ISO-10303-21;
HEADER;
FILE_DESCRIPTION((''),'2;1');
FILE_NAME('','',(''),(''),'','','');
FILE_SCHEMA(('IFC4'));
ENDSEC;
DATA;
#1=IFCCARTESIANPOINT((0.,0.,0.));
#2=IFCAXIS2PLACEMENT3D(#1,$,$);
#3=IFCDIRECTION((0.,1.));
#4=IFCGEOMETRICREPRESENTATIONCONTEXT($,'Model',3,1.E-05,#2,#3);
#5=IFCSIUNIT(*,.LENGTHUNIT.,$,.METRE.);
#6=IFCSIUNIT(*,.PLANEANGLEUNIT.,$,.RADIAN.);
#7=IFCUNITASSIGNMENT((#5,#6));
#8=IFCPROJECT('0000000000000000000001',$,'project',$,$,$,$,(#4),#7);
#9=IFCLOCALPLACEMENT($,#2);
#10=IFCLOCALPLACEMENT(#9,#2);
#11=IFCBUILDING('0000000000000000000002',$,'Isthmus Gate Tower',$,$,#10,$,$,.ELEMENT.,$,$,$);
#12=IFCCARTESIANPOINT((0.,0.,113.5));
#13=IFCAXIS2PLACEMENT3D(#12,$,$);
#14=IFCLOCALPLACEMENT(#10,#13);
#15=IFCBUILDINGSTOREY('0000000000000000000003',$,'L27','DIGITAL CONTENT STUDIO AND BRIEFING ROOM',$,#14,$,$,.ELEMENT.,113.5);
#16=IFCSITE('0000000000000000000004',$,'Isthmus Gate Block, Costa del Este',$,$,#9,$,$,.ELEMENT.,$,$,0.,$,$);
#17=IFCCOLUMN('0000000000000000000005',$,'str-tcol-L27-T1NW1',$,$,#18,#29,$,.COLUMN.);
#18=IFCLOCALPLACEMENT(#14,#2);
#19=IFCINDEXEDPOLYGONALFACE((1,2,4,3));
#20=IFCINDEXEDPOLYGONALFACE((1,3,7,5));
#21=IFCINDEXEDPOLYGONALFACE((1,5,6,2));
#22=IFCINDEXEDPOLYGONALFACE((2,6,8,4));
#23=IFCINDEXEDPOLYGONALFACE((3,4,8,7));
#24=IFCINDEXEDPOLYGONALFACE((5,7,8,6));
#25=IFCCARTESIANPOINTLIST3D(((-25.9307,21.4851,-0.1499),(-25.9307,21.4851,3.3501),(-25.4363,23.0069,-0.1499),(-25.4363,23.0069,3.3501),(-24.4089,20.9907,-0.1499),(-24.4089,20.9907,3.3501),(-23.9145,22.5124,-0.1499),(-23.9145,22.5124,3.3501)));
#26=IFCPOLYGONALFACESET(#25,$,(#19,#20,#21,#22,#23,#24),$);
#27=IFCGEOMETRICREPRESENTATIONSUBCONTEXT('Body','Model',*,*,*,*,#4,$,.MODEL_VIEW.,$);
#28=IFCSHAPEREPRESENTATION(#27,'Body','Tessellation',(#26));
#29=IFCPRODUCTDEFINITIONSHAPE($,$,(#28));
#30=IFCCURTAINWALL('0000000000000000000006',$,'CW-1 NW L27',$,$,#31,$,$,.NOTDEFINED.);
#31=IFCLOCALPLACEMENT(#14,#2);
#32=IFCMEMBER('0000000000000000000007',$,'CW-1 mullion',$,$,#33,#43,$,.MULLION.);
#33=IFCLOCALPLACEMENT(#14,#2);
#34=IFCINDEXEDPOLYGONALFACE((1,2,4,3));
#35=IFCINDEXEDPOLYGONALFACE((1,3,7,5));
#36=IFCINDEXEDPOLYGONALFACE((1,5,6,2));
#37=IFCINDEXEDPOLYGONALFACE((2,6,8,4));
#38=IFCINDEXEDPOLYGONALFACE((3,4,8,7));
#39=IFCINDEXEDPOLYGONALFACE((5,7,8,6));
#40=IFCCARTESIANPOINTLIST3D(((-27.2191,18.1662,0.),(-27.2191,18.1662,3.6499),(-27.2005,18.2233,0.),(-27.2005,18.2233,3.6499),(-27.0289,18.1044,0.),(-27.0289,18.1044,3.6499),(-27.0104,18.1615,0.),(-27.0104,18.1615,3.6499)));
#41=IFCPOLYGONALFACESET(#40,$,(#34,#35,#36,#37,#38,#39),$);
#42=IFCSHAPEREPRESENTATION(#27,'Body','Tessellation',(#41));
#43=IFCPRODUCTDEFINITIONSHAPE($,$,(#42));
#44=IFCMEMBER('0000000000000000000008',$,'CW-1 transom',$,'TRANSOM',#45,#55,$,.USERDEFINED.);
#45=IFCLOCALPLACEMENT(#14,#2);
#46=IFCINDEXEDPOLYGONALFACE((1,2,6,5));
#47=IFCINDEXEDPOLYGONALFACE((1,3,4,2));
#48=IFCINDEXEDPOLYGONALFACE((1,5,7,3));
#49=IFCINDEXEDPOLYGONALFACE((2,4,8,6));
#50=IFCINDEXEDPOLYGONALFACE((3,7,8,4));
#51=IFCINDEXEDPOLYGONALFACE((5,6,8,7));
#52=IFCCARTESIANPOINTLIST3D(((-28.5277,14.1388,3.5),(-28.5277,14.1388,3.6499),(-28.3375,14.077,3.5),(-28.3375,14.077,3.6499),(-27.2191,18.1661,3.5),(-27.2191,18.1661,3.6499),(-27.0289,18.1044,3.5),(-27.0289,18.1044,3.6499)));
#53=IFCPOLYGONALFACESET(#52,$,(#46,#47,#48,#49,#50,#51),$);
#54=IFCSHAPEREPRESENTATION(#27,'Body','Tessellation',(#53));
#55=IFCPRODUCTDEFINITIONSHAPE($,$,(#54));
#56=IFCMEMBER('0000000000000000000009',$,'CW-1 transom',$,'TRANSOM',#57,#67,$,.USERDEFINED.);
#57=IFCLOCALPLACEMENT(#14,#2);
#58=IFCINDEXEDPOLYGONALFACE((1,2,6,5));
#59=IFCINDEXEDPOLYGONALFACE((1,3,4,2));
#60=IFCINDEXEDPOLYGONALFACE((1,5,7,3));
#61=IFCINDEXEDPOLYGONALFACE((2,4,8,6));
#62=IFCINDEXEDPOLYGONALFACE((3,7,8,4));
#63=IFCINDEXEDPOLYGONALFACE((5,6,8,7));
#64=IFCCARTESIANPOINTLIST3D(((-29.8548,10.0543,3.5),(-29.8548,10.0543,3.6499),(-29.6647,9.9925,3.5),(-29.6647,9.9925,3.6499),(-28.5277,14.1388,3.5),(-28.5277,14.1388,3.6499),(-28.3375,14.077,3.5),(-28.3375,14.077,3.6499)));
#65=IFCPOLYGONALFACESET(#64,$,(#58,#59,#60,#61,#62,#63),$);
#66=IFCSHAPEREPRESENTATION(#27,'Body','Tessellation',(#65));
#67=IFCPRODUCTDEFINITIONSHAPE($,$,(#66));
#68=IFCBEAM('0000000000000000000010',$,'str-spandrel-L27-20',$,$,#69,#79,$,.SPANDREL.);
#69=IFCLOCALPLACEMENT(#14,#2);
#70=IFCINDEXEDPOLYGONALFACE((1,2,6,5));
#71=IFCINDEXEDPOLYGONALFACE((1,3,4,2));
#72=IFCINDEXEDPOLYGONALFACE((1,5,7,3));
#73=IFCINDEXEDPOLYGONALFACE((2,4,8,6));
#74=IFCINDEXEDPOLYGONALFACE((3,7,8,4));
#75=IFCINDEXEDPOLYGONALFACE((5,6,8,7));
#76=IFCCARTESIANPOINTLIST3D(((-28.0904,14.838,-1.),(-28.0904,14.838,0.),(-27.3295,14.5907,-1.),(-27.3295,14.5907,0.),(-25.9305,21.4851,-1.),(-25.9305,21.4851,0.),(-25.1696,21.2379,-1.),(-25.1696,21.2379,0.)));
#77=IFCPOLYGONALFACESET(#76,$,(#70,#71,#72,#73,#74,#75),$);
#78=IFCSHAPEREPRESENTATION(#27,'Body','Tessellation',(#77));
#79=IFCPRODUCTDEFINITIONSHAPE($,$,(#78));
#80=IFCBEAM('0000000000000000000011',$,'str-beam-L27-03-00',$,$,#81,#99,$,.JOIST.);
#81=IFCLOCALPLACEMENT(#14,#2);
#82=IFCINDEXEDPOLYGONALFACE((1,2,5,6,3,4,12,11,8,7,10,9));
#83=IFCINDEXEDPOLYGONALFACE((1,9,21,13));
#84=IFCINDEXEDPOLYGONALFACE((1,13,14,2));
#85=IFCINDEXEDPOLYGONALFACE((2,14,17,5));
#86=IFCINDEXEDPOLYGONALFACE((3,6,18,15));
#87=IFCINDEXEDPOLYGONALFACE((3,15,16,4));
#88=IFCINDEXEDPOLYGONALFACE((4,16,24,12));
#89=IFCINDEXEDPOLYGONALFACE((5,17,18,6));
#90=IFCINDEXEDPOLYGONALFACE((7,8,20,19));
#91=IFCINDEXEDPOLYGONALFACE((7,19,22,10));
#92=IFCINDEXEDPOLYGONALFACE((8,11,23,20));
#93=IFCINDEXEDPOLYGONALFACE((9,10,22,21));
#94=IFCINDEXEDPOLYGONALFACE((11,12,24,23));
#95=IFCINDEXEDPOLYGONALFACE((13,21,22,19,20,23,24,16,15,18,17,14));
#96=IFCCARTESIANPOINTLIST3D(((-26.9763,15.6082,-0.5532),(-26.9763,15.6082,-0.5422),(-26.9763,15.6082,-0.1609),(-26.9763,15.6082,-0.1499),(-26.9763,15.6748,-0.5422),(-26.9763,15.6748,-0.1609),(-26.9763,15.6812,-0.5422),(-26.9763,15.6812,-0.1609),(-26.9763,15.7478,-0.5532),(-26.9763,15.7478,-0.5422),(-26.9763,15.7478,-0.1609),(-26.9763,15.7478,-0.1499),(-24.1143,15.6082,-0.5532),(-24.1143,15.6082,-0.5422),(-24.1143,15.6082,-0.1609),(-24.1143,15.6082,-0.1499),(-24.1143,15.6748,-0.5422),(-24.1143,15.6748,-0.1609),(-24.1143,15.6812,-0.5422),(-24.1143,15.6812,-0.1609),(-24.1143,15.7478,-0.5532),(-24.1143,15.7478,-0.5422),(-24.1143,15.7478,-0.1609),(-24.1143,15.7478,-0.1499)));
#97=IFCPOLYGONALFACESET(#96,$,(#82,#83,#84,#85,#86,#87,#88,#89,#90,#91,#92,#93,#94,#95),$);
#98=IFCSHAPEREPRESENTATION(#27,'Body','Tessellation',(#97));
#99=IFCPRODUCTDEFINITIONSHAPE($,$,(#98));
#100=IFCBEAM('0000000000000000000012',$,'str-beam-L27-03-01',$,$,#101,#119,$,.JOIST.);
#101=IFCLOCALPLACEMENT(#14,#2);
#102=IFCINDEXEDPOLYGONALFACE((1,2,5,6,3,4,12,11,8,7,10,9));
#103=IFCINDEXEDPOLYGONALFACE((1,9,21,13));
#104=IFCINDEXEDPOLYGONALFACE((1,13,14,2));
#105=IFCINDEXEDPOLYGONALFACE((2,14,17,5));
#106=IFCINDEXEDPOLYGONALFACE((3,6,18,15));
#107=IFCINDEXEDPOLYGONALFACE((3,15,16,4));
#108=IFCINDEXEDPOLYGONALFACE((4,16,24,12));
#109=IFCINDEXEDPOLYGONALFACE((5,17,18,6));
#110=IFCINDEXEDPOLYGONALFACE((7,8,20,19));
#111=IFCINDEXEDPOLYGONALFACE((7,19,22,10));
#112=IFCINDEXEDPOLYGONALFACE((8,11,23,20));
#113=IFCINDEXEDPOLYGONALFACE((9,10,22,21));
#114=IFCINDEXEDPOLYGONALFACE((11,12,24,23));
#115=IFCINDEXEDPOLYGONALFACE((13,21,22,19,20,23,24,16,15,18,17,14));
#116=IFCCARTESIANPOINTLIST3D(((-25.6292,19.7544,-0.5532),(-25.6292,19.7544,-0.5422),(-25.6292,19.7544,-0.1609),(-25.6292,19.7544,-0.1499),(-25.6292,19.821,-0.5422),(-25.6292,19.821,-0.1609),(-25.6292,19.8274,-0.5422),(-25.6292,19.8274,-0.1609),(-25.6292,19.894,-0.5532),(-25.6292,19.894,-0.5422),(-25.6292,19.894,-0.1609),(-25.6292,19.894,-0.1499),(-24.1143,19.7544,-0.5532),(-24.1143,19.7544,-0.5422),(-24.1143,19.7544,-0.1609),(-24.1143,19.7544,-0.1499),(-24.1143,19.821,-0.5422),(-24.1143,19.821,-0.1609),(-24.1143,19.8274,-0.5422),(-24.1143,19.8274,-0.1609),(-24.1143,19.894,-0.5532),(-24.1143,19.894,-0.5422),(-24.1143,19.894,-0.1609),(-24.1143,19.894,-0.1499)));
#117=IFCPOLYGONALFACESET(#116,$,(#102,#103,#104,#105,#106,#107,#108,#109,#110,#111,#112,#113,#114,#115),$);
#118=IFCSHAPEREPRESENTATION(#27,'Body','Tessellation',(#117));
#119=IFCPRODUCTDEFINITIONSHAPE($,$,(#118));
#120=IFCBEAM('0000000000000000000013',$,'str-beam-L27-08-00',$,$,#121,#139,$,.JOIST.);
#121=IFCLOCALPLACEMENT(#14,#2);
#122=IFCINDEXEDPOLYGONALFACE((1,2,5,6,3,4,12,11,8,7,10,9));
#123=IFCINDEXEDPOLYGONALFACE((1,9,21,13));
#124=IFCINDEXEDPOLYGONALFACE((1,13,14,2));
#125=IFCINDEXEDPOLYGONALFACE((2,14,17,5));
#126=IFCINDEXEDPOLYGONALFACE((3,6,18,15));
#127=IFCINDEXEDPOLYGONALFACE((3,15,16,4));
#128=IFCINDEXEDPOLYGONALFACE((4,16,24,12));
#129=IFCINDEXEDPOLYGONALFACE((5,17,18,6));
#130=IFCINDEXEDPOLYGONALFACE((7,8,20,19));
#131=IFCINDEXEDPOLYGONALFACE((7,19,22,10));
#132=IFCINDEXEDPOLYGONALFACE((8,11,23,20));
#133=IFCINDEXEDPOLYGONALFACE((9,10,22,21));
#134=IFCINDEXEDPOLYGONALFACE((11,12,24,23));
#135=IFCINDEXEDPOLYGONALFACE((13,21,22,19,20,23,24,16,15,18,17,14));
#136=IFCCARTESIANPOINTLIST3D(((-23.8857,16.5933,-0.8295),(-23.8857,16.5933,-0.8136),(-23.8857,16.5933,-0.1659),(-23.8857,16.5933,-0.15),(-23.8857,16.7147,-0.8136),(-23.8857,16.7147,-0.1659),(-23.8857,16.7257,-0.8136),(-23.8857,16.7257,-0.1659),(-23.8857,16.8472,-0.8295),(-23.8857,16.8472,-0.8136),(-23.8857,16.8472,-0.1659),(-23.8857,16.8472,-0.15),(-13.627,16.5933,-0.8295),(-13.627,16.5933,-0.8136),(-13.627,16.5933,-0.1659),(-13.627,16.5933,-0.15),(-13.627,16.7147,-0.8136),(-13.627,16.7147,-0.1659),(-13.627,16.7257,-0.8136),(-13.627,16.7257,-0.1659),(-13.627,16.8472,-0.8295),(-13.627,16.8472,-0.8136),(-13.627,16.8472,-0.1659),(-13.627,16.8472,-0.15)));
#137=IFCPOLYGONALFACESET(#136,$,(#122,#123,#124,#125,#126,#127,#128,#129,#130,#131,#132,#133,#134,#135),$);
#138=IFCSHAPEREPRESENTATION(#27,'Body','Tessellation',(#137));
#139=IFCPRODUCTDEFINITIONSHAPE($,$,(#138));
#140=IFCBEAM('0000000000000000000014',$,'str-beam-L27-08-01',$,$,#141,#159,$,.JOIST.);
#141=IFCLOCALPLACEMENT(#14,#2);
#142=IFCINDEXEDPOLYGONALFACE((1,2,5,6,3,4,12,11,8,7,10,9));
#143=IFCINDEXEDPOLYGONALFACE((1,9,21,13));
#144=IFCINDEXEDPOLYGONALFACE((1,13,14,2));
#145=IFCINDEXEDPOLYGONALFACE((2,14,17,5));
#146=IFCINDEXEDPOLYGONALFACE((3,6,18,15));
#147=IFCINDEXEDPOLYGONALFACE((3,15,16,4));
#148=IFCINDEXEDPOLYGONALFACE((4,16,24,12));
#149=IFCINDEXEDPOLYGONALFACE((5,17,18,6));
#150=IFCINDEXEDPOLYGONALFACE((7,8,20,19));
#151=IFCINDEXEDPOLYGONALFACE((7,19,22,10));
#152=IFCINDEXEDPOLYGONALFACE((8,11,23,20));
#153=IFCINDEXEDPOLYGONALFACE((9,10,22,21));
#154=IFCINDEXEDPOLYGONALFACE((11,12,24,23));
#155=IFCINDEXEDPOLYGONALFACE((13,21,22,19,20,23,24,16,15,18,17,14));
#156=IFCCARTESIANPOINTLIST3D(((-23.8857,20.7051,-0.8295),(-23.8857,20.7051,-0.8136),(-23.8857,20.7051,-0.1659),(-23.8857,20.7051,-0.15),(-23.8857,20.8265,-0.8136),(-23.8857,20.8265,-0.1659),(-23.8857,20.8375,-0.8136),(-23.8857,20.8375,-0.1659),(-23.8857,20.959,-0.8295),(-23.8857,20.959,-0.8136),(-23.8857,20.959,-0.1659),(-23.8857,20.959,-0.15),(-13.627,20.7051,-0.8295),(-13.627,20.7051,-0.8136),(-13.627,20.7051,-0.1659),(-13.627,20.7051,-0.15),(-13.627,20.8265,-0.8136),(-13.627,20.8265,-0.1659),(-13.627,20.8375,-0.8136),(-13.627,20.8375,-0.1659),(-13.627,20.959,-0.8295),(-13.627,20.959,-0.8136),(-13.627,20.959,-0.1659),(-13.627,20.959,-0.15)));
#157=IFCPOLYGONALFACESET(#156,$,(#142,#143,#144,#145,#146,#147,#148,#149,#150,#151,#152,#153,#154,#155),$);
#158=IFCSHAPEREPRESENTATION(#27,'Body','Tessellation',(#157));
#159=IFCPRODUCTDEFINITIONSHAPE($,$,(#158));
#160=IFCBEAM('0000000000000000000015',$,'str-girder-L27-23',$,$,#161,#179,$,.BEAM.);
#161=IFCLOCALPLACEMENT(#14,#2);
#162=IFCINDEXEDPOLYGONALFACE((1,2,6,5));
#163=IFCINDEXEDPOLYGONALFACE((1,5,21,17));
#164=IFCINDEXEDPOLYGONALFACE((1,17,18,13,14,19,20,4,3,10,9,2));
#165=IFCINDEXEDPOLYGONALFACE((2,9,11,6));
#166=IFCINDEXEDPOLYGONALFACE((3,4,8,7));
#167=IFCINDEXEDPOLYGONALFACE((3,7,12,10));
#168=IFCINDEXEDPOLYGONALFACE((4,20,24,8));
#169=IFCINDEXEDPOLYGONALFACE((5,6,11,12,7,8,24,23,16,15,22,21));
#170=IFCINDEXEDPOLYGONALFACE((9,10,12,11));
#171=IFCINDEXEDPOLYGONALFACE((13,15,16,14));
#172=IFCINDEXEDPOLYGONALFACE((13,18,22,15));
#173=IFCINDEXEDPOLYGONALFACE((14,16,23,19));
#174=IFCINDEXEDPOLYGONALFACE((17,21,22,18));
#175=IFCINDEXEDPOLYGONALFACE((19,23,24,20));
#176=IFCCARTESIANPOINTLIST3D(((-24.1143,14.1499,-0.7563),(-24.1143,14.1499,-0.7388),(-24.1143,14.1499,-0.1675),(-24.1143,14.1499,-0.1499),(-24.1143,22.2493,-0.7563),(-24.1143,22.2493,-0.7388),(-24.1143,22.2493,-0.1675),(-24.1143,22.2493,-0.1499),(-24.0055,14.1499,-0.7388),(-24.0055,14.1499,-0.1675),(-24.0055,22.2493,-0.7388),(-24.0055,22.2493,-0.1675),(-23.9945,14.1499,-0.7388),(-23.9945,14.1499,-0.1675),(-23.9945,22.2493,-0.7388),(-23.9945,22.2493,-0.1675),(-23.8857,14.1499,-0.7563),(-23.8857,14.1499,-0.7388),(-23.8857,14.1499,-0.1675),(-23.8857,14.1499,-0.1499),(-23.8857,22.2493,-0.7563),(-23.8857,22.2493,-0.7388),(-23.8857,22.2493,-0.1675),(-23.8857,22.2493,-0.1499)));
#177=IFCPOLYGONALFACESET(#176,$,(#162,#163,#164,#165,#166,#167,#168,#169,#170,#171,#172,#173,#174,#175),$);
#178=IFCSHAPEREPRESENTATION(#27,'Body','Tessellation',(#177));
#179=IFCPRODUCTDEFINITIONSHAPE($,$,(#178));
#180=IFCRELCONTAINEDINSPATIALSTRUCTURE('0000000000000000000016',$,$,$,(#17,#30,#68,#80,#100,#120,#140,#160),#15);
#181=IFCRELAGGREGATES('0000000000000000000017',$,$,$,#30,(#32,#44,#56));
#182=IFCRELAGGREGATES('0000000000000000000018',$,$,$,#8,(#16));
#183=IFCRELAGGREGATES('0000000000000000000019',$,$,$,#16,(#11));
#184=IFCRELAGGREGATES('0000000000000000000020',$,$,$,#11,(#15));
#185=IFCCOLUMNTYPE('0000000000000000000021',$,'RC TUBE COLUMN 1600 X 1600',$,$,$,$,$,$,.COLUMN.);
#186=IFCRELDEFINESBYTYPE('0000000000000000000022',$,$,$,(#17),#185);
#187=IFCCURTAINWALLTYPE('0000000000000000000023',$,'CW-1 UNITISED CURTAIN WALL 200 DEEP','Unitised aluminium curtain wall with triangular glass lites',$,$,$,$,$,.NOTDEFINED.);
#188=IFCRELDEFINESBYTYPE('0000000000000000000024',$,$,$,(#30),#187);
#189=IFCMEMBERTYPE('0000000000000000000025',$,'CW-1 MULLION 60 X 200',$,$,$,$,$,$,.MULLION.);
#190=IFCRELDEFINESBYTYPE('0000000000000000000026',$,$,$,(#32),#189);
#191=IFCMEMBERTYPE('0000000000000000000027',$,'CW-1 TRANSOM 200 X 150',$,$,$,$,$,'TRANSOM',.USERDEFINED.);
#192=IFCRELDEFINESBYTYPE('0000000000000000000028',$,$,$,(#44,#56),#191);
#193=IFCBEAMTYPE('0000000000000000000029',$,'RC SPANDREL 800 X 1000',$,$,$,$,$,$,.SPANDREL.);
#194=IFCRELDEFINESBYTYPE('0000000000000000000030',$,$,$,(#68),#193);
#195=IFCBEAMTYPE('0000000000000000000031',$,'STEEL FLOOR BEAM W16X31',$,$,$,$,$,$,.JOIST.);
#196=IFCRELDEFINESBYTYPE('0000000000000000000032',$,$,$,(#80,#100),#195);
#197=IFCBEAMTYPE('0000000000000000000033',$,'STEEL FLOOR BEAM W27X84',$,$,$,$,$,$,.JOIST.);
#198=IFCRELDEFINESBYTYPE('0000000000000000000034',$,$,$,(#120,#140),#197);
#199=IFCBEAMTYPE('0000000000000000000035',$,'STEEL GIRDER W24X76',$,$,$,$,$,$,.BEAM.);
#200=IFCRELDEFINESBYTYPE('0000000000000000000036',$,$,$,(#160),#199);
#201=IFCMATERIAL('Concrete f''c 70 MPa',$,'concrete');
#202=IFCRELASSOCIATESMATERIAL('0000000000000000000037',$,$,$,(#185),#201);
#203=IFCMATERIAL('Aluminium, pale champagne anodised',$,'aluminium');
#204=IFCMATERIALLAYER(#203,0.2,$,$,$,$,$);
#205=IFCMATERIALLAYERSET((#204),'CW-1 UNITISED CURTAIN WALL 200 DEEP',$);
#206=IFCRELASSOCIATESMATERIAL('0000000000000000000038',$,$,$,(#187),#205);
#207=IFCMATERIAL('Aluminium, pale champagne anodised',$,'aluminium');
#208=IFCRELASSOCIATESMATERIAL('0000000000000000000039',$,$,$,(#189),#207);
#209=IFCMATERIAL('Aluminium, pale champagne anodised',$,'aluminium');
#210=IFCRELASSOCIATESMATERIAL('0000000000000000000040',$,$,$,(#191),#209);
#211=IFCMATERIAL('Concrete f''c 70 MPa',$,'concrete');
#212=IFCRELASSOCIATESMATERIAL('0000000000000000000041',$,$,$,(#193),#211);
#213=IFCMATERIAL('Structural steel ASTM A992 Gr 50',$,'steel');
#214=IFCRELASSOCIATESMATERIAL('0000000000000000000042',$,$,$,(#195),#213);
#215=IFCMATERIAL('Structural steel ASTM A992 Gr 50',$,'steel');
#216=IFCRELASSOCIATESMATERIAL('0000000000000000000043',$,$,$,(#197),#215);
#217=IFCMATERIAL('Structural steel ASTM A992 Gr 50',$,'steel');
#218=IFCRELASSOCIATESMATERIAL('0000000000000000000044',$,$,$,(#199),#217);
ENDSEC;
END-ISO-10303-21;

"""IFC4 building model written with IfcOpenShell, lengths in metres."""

from ifc_helpers import new_model, si_unit, direction, frame, origin, origin_2d, place, context, subcontext, project, spatial, rectangle, i_section, extrude, material, layer, layer_set, material_profile, profile_set, type_object, element, aggregate, save


model = new_model("IFC4")

# Units and contexts
model_context = context("Model", 3, precision=1e-05, world=origin(), true_north=direction((0.0, 1.0)))
body_context = subcontext(model_context, "Body", "Model", "MODEL_VIEW")
ifc_project = project(units=[si_unit("LENGTHUNIT", "METRE"), si_unit("PLANEANGLEUNIT", "RADIAN")], contexts=[model_context])

# Site, building, storey
site_placement = place(None, origin())
site = spatial("IfcSite", under=ifc_project, at=site_placement, Name="Isthmus Gate Block, Costa del Este", CompositionType="ELEMENT", RefElevation=0.0)
building_placement = place(site_placement, origin())
building = spatial("IfcBuilding", under=site, at=building_placement, Name="Isthmus Gate Tower", CompositionType="ELEMENT")
storey_placement = place(building_placement, frame((0.0, 0.0, 113.5)))
storey = spatial("IfcBuildingStorey", under=building, at=storey_placement, Name="L27", Description="DIGITAL CONTENT STUDIO AND BRIEFING ROOM", CompositionType="ELEMENT", Elevation=113.5)

# Column
ifc_material_1 = material(Name="Concrete f'c 70 MPa", Category="concrete")
ifc_material_profile_1 = material_profile(ifc_material_1, rectangle(XDim=1.6001, YDim=1.6001, at=origin_2d()), Name="RC 1600X1600")
ifc_profile_set_1 = profile_set([ifc_material_profile_1], Name="Concrete f'c 70 MPa")
column_type = type_object("IfcColumnType", Name="RC TUBE COLUMN 1600 X 1600", PredefinedType="COLUMN", material=ifc_profile_set_1)
column_placement = place(storey_placement, frame((-24.9226, 21.9988, -0.1499), z_axis=(0.0, 0.0, 1.0), x_axis=(-0.309017, -0.951057, 0.0)))
element("IfcColumn", 1, at=column_placement, inside=storey, type_object=column_type, Name="str-tcol-L27-T1NW1", PredefinedType="COLUMN", context=body_context, shape_type="SweptSolid", body=[
    extrude(rectangle(XDim=1.6001, YDim=1.6001, at=origin_2d()), origin(), (0.0, 0.0, 1.0), 3.5),
])

# Curtain wall, members
ifc_material_2 = material(Name="Aluminium, pale champagne anodised", Category="aluminium")
ifc_layer_1 = layer(ifc_material_2, 0.2)
ifc_layer_set_1 = layer_set([ifc_layer_1], Name="CW-1 UNITISED CURTAIN WALL 200 DEEP")
curtain_wall_type = type_object("IfcCurtainWallType", Name="CW-1 UNITISED CURTAIN WALL 200 DEEP", Description="Unitised aluminium curtain wall with triangular glass lites", PredefinedType="NOTDEFINED", material=ifc_layer_set_1)
curtain_wall_placement = place(storey_placement, origin())
curtain_wall = element("IfcCurtainWall", 2, at=curtain_wall_placement, inside=storey, type_object=curtain_wall_type, Name="CW-1 NW L27", PredefinedType="NOTDEFINED")
ifc_material_3 = material(Name="Aluminium, pale champagne anodised", Category="aluminium")
ifc_material_profile_2 = material_profile(ifc_material_3, rectangle(XDim=0.0601, YDim=0.2, at=origin_2d()), Name="60x200")
ifc_profile_set_2 = profile_set([ifc_material_profile_2], Name="Aluminium, pale champagne anodised")
member_type_1 = type_object("IfcMemberType", Name="CW-1 MULLION 60 X 200", PredefinedType="MULLION", material=ifc_profile_set_2)
member_1_placement = place(storey_placement, frame((-27.1147, 18.1638, 0.0), z_axis=(0.0, 0.0, 1.0), x_axis=(-0.309017, -0.951057, 0.0)))
member_1 = element("IfcMember", 3, at=member_1_placement, type_object=member_type_1, Name="CW-1 mullion", PredefinedType="MULLION", context=body_context, shape_type="SweptSolid", body=[
    extrude(rectangle(XDim=0.0601, YDim=0.2, at=origin_2d()), origin(), (0.0, 0.0, 1.0), 3.6499),
])
ifc_material_4 = material(Name="Aluminium, pale champagne anodised", Category="aluminium")
ifc_material_profile_3 = material_profile(ifc_material_4, rectangle(XDim=0.2, YDim=0.1499, at=origin_2d()), Name="200x150")
ifc_profile_set_3 = profile_set([ifc_material_profile_3], Name="Aluminium, pale champagne anodised")
member_type_2 = type_object("IfcMemberType", Name="CW-1 TRANSOM 200 X 150", ElementType="TRANSOM", PredefinedType="USERDEFINED", material=ifc_profile_set_3)
member_2_placement = place(storey_placement, frame((-27.124, 18.1353, 3.575), z_axis=(-0.309023, -0.951054, 0.0), x_axis=(0.951054, -0.309023, 0.0)))
member_2 = element("IfcMember", 4, at=member_2_placement, type_object=member_type_2, Name="CW-1 transom", ObjectType="TRANSOM", PredefinedType="USERDEFINED", context=body_context, shape_type="SweptSolid", body=[
    extrude(rectangle(XDim=0.2, YDim=0.1499, at=origin_2d()), origin(), (0.0, 0.0, 1.0), 4.2346),
])
member_3_placement = place(storey_placement, frame((-28.4326, 14.1079, 3.575), z_axis=(-0.309022, -0.951055, 0.0), x_axis=(0.951055, -0.309022, 0.0)))
member_3 = element("IfcMember", 5, at=member_3_placement, type_object=member_type_2, Name="CW-1 transom", ObjectType="TRANSOM", PredefinedType="USERDEFINED", context=body_context, shape_type="SweptSolid", body=[
    extrude(rectangle(XDim=0.2, YDim=0.1499, at=origin_2d()), origin(), (0.0, 0.0, 1.0), 4.2947),
])

# Beams
ifc_material_5 = material(Name="Concrete f'c 70 MPa", Category="concrete")
ifc_material_profile_4 = material_profile(ifc_material_5, rectangle(XDim=0.8, YDim=1.0, at=origin_2d()), Name="RC 800X1000")
ifc_profile_set_4 = profile_set([ifc_material_profile_4], Name="Concrete f'c 70 MPa")
beam_type_1 = type_object("IfcBeamType", Name="RC SPANDREL 800 X 1000", PredefinedType="SPANDREL", material=ifc_profile_set_4)
beam_1_placement = place(storey_placement, frame((-27.71, 14.7144, -0.5), z_axis=(0.30903, 0.951052, 0.0), x_axis=(-0.951052, 0.30903, 0.0)))
element("IfcBeam", 6, at=beam_1_placement, inside=storey, type_object=beam_type_1, Name="str-spandrel-L27-20", PredefinedType="SPANDREL", context=body_context, shape_type="SweptSolid", body=[
    extrude(rectangle(XDim=0.8, YDim=1.0, at=origin_2d()), origin(), (0.0, 0.0, 1.0), 6.9893),
])
ifc_material_6 = material(Name="Structural steel ASTM A992 Gr 50", Category="steel")
ifc_material_profile_5 = material_profile(ifc_material_6, i_section(OverallWidth=0.1396, OverallDepth=0.4033, WebThickness=0.0063, FlangeThickness=0.011, at=origin_2d()), Name="W16X31")
ifc_profile_set_5 = profile_set([ifc_material_profile_5], Name="Structural steel ASTM A992 Gr 50")
beam_type_2 = type_object("IfcBeamType", Name="STEEL FLOOR BEAM W16X31", PredefinedType="JOIST", material=ifc_profile_set_5)
beam_2_placement = place(storey_placement, frame((-26.9763, 15.678, -0.3516), z_axis=(1.0, 0.0, 0.0), x_axis=(0.0, 1.0, 0.0)))
element("IfcBeam", 7, at=beam_2_placement, inside=storey, type_object=beam_type_2, Name="str-beam-L27-03-00", PredefinedType="JOIST", context=body_context, shape_type="SweptSolid", body=[
    extrude(i_section(OverallWidth=0.1396, OverallDepth=0.4033, WebThickness=0.0063, FlangeThickness=0.011, at=origin_2d()), origin(), (0.0, 0.0, 1.0), 2.8621),
])
beam_3_placement = place(storey_placement, frame((-25.6292, 19.8242, -0.3516), z_axis=(1.0, 0.0, 0.0), x_axis=(0.0, 1.0, 0.0)))
element("IfcBeam", 8, at=beam_3_placement, inside=storey, type_object=beam_type_2, Name="str-beam-L27-03-01", PredefinedType="JOIST", context=body_context, shape_type="SweptSolid", body=[
    extrude(i_section(OverallWidth=0.1396, OverallDepth=0.4033, WebThickness=0.0063, FlangeThickness=0.011, at=origin_2d()), origin(), (0.0, 0.0, 1.0), 1.5149),
])
ifc_material_7 = material(Name="Structural steel ASTM A992 Gr 50", Category="steel")
ifc_material_profile_6 = material_profile(ifc_material_7, i_section(OverallWidth=0.2539, OverallDepth=0.6794, WebThickness=0.011, FlangeThickness=0.0159, at=origin_2d()), Name="W27X84")
ifc_profile_set_6 = profile_set([ifc_material_profile_6], Name="Structural steel ASTM A992 Gr 50")
beam_type_3 = type_object("IfcBeamType", Name="STEEL FLOOR BEAM W27X84", PredefinedType="JOIST", material=ifc_profile_set_6)
for number, where, z_axis, x_axis, name in (
    (9, (-23.8857, 16.7202, -0.4897), (1.0, 0.0, 0.0), (0.0, 1.0, 0.0), "str-beam-L27-08-00"),
    (10, (-23.8857, 20.832, -0.4897), (1.0, 0.0, 0.0), (0.0, 1.0, 0.0), "str-beam-L27-08-01"),
):
    element("IfcBeam", number, at=place(storey_placement, frame(where, z_axis=z_axis, x_axis=x_axis)), inside=storey, type_object=beam_type_3, Name=name, PredefinedType="JOIST", context=body_context, shape_type="SweptSolid", body=[
        extrude(i_section(OverallWidth=0.2539, OverallDepth=0.6794, WebThickness=0.011, FlangeThickness=0.0159, at=origin_2d()), origin(), (0.0, 0.0, 1.0), 10.2588),
    ])
ifc_material_8 = material(Name="Structural steel ASTM A992 Gr 50", Category="steel")
ifc_material_profile_7 = material_profile(ifc_material_8, i_section(OverallWidth=0.2285, OverallDepth=0.6064, WebThickness=0.011, FlangeThickness=0.0176, at=origin_2d()), Name="W24X76")
ifc_profile_set_7 = profile_set([ifc_material_profile_7], Name="Structural steel ASTM A992 Gr 50")
beam_type_4 = type_object("IfcBeamType", Name="STEEL GIRDER W24X76", PredefinedType="BEAM", material=ifc_profile_set_7)
beam_4_placement = place(storey_placement, frame((-24.0, 14.1499, -0.4531), z_axis=(0.0, 1.0, 0.0), x_axis=(-1.0, 0.0, 0.0)))
element("IfcBeam", 11, at=beam_4_placement, inside=storey, type_object=beam_type_4, Name="str-girder-L27-23", PredefinedType="BEAM", context=body_context, shape_type="SweptSolid", body=[
    extrude(i_section(OverallWidth=0.2285, OverallDepth=0.6064, WebThickness=0.011, FlangeThickness=0.0176, at=origin_2d()), origin(), (0.0, 0.0, 1.0), 8.0994),
])

aggregate(curtain_wall, [member_1, member_2, member_3])

save(model, "model.ifc")
